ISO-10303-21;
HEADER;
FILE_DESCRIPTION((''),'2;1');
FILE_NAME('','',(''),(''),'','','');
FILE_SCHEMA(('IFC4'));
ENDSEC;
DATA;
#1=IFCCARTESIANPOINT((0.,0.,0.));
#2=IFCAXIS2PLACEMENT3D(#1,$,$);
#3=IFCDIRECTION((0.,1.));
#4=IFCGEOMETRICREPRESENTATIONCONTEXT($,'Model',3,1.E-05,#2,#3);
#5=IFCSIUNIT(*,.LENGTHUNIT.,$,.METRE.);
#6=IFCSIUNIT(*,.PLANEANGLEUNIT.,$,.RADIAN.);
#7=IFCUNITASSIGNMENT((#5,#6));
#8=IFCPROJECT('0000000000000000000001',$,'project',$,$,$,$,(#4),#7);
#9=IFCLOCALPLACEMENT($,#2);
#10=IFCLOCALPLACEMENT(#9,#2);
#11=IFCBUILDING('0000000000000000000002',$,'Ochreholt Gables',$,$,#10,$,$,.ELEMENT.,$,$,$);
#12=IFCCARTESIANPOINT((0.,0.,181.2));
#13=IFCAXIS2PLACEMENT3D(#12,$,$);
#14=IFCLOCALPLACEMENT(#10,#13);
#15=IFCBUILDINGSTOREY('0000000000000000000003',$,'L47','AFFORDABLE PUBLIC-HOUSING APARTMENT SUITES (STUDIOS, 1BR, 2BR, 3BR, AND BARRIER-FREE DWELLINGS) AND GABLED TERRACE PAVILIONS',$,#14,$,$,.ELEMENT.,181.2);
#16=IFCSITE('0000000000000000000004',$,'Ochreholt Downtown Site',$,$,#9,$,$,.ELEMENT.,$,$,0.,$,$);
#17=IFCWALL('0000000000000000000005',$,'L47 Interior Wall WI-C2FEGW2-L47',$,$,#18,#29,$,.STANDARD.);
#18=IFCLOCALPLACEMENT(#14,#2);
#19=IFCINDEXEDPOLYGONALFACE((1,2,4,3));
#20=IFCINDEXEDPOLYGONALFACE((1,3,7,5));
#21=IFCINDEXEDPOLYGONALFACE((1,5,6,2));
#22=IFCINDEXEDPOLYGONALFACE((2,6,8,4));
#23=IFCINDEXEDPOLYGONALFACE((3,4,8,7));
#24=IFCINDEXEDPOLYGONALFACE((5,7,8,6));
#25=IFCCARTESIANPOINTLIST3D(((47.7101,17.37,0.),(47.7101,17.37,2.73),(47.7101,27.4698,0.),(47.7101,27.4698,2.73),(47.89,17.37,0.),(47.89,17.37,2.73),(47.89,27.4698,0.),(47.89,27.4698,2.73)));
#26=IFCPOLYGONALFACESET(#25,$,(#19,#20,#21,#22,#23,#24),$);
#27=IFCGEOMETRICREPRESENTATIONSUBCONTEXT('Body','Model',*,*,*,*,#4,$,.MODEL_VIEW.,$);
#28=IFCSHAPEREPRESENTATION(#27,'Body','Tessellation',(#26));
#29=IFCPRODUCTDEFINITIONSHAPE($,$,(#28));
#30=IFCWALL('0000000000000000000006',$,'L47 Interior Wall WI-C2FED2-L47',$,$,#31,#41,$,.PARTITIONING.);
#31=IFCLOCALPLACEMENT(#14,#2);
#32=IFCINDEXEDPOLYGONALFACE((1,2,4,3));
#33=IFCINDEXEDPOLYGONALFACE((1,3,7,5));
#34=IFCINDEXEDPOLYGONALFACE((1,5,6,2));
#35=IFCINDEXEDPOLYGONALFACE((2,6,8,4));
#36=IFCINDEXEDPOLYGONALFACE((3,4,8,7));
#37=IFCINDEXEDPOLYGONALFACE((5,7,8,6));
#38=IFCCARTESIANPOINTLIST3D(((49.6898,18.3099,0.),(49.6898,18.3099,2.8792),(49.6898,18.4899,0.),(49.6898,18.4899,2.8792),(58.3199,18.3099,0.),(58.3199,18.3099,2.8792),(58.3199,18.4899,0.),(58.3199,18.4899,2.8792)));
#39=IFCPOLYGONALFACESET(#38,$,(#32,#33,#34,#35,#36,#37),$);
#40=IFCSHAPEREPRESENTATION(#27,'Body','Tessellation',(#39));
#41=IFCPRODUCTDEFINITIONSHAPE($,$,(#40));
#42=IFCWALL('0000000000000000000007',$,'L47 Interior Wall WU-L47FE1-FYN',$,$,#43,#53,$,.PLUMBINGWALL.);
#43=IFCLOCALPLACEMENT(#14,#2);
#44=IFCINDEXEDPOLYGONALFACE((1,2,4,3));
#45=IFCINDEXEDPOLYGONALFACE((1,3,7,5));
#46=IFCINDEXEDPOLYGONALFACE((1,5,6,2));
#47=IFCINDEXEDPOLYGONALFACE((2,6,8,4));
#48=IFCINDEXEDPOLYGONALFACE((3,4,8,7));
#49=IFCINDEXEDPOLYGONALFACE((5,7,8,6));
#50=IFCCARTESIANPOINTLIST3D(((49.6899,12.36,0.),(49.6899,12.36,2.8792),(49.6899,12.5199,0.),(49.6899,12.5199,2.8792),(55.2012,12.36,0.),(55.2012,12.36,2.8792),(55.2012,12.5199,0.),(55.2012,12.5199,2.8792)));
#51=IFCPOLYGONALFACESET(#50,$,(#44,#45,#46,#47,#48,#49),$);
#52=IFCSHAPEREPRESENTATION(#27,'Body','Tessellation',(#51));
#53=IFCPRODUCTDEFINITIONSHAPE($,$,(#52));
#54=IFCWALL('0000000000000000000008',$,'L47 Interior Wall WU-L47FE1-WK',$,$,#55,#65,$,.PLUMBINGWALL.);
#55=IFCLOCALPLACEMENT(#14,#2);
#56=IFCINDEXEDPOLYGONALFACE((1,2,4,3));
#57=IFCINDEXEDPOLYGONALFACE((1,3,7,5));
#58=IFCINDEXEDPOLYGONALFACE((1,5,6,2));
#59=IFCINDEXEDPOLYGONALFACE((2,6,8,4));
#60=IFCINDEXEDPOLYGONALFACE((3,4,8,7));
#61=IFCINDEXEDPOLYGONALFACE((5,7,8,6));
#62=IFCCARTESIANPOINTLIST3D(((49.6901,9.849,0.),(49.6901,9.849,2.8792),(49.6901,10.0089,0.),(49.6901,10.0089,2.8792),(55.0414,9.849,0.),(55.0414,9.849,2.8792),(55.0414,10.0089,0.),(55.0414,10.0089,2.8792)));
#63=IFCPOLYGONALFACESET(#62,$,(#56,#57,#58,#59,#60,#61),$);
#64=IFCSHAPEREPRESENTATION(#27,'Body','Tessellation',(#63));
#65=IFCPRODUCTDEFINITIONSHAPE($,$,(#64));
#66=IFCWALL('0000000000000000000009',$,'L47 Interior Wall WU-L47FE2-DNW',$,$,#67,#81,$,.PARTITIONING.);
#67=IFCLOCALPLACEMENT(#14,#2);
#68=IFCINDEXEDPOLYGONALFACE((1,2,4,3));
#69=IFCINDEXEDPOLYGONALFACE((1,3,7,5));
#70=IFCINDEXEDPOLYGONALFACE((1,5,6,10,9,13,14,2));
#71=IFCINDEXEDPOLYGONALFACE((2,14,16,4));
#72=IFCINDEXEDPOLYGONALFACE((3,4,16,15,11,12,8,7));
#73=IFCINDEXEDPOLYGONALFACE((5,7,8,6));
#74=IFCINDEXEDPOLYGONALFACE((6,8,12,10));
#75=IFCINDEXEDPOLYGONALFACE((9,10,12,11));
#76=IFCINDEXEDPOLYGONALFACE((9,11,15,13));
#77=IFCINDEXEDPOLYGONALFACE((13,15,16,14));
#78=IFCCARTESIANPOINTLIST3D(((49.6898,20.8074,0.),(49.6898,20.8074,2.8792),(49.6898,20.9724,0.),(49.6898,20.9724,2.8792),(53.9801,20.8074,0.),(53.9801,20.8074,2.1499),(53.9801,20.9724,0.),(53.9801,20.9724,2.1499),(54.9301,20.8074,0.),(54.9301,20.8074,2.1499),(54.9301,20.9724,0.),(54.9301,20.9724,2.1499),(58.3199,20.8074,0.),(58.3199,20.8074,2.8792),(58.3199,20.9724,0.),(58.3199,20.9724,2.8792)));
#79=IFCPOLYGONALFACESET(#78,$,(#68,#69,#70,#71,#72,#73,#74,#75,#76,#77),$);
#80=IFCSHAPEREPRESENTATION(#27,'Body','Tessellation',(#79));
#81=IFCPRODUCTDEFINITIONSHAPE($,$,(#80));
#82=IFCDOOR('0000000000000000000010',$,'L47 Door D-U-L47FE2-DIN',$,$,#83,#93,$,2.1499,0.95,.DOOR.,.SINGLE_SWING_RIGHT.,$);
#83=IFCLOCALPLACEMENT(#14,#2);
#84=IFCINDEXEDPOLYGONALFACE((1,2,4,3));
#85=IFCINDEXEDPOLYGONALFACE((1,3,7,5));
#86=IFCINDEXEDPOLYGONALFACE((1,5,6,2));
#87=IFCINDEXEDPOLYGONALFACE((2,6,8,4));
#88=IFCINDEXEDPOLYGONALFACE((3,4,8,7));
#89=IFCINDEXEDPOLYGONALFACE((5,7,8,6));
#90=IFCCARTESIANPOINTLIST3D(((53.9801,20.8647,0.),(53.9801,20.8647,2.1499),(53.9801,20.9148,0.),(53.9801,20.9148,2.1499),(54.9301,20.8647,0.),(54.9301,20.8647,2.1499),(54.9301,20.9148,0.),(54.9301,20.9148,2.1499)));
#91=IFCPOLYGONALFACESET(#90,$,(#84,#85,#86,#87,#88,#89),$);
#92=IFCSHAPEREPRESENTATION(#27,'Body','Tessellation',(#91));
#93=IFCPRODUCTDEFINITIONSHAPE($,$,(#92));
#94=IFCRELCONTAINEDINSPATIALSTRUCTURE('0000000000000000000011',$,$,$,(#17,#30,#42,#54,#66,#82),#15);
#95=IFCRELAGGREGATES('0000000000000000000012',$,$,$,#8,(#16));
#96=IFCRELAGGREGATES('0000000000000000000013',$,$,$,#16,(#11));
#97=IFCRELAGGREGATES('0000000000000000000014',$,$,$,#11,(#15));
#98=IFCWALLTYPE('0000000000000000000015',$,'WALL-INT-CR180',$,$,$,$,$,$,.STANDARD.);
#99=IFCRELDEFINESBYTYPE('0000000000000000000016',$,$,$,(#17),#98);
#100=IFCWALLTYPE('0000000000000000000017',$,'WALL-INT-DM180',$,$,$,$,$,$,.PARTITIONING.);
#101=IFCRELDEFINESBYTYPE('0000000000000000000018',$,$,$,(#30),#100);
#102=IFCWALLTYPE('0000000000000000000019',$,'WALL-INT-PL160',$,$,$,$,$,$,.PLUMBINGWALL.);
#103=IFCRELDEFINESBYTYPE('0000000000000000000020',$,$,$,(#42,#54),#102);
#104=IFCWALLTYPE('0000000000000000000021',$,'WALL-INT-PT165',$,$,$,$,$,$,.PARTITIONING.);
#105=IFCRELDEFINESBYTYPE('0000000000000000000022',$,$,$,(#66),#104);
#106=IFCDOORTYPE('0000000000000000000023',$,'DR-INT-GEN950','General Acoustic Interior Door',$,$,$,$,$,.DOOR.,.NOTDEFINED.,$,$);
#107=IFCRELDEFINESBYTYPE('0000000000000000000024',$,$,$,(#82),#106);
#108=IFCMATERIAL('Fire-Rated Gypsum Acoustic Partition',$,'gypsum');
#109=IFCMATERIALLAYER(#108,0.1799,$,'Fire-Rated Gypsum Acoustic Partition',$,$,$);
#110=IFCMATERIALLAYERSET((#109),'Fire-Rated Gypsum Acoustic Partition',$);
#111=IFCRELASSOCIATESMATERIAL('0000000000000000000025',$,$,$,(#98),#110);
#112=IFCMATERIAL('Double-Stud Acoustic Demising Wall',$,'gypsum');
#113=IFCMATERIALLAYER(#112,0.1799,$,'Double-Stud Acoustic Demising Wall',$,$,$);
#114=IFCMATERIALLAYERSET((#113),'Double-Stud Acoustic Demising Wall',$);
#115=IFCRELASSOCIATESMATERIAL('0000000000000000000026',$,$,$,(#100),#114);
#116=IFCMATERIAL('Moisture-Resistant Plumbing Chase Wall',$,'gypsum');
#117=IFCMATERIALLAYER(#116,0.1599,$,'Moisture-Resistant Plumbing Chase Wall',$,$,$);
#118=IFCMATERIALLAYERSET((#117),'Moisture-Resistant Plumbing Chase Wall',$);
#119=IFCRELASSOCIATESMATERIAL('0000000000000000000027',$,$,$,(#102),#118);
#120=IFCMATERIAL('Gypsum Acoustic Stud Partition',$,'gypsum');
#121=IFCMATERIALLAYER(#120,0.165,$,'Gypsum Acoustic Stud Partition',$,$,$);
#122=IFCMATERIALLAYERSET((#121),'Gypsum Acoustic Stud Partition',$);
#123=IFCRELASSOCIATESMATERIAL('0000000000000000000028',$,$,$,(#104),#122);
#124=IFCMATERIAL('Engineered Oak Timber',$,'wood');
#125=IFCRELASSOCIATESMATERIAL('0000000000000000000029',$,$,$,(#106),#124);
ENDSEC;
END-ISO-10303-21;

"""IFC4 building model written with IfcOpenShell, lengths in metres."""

from ifc_helpers import new_model, si_unit, direction, frame, frame_2d, origin, place, context, subcontext, project, spatial, rectangle, extrude, material, layer, layer_set, type_object, element, fill, save


model = new_model("IFC4")

# Units and contexts
model_context = context("Model", 3, precision=1e-05, world=origin(), true_north=direction((0.0, 1.0)))
body_context = subcontext(model_context, "Body", "Model", "MODEL_VIEW")
ifc_project = project(units=[si_unit("LENGTHUNIT", "METRE"), si_unit("PLANEANGLEUNIT", "RADIAN")], contexts=[model_context])

# Site, building, storey
site_placement = place(None, origin())
site = spatial("IfcSite", under=ifc_project, at=site_placement, Name="Ochreholt Downtown Site", CompositionType="ELEMENT", RefElevation=0.0)
building_placement = place(site_placement, origin())
building = spatial("IfcBuilding", under=site, at=building_placement, Name="Ochreholt Gables", CompositionType="ELEMENT")
storey_placement = place(building_placement, frame((0.0, 0.0, 181.2)))
storey = spatial("IfcBuildingStorey", under=building, at=storey_placement, Name="L47", Description="AFFORDABLE PUBLIC-HOUSING APARTMENT SUITES (STUDIOS, 1BR, 2BR, 3BR, AND BARRIER-FREE DWELLINGS) AND GABLED TERRACE PAVILIONS", CompositionType="ELEMENT", Elevation=181.2)

# Walls
ifc_material_1 = material(Name="Fire-Rated Gypsum Acoustic Partition", Category="gypsum")
ifc_layer_1 = layer(ifc_material_1, 0.1799, Name="Fire-Rated Gypsum Acoustic Partition")
ifc_layer_set_1 = layer_set([ifc_layer_1], Name="Fire-Rated Gypsum Acoustic Partition")
wall_type_1 = type_object("IfcWallType", Name="WALL-INT-CR180", PredefinedType="STANDARD", material=ifc_layer_set_1)
wall_1_placement = place(storey_placement, frame((47.8, 17.3701, 0.0), z_axis=(0.0, 0.0, 1.0), x_axis=(0.0, 1.0, 0.0)))
element("IfcWall", 1, at=wall_1_placement, inside=storey, type_object=wall_type_1, Name="L47 Interior Wall WI-C2FEGW2-L47", PredefinedType="STANDARD", context=body_context, shape_type="SweptSolid", body=[
    extrude(rectangle(XDim=10.0999, YDim=0.1799, at=frame_2d((5.0498, 0.0))), origin(), (0.0, 0.0, 1.0), 2.73),
])
ifc_material_2 = material(Name="Double-Stud Acoustic Demising Wall", Category="gypsum")
ifc_layer_2 = layer(ifc_material_2, 0.1799, Name="Double-Stud Acoustic Demising Wall")
ifc_layer_set_2 = layer_set([ifc_layer_2], Name="Double-Stud Acoustic Demising Wall")
wall_type_2 = type_object("IfcWallType", Name="WALL-INT-DM180", PredefinedType="PARTITIONING", material=ifc_layer_set_2)
wall_2_placement = place(storey_placement, frame((49.6899, 18.3999, 0.0), z_axis=(0.0, 0.0, 1.0), x_axis=(1.0, 0.0, 0.0)))
element("IfcWall", 2, at=wall_2_placement, inside=storey, type_object=wall_type_2, Name="L47 Interior Wall WI-C2FED2-L47", PredefinedType="PARTITIONING", context=body_context, shape_type="SweptSolid", body=[
    extrude(rectangle(XDim=8.6301, YDim=0.1799, at=frame_2d((4.3149, 0.0))), origin(), (0.0, 0.0, 1.0), 2.8792),
])
ifc_material_3 = material(Name="Moisture-Resistant Plumbing Chase Wall", Category="gypsum")
ifc_layer_3 = layer(ifc_material_3, 0.1599, Name="Moisture-Resistant Plumbing Chase Wall")
ifc_layer_set_3 = layer_set([ifc_layer_3], Name="Moisture-Resistant Plumbing Chase Wall")
wall_type_3 = type_object("IfcWallType", Name="WALL-INT-PL160", PredefinedType="PLUMBINGWALL", material=ifc_layer_set_3)
wall_3_placement = place(storey_placement, frame((49.6899, 12.4399, 0.0), z_axis=(0.0, 0.0, 1.0), x_axis=(1.0, 0.0, 0.0)))
element("IfcWall", 3, at=wall_3_placement, inside=storey, type_object=wall_type_3, Name="L47 Interior Wall WU-L47FE1-FYN", PredefinedType="PLUMBINGWALL", context=body_context, shape_type="SweptSolid", body=[
    extrude(rectangle(XDim=5.5112, YDim=0.1599, at=frame_2d((2.7556, 0.0))), origin(), (0.0, 0.0, 1.0), 2.8792),
])
wall_4_placement = place(storey_placement, frame((49.6899, 9.929, 0.0), z_axis=(0.0, 0.0, 1.0), x_axis=(1.0, 0.0, 0.0)))
element("IfcWall", 4, at=wall_4_placement, inside=storey, type_object=wall_type_3, Name="L47 Interior Wall WU-L47FE1-WK", PredefinedType="PLUMBINGWALL", context=body_context, shape_type="SweptSolid", body=[
    extrude(rectangle(XDim=5.3513, YDim=0.1599, at=frame_2d((2.6758, 0.0))), origin(), (0.0, 0.0, 1.0), 2.8792),
])

# Wall, opening, door
ifc_material_4 = material(Name="Gypsum Acoustic Stud Partition", Category="gypsum")
ifc_layer_4 = layer(ifc_material_4, 0.165, Name="Gypsum Acoustic Stud Partition")
ifc_layer_set_4 = layer_set([ifc_layer_4], Name="Gypsum Acoustic Stud Partition")
wall_type_4 = type_object("IfcWallType", Name="WALL-INT-PT165", PredefinedType="PARTITIONING", material=ifc_layer_set_4)
wall_5_placement = place(storey_placement, frame((49.6899, 20.8899, 0.0), z_axis=(0.0, 0.0, 1.0), x_axis=(1.0, 0.0, 0.0)))
wall_5 = element("IfcWall", 5, at=wall_5_placement, inside=storey, type_object=wall_type_4, Name="L47 Interior Wall WU-L47FE2-DNW", PredefinedType="PARTITIONING", context=body_context, shape_type="SweptSolid", body=[
    extrude(rectangle(XDim=8.6301, YDim=0.165, at=frame_2d((4.3149, 0.0))), origin(), (0.0, 0.0, 1.0), 2.8792),
])
opening_placement = place(wall_5_placement, frame((4.29, 0.0, 0.0)))
opening = element("IfcOpeningElement", 6, at=opening_placement, cuts=wall_5, PredefinedType="OPENING", context=body_context, shape_type="SweptSolid", body=[
    extrude(rectangle(XDim=0.95, YDim=2.1499, at=frame_2d((0.4751, 1.075))), frame((0.0, 0.0925, 0.0), z_axis=(0.0, -1.0, 0.0), x_axis=(1.0, 0.0, 0.0)), (0.0, 0.0, 1.0), 0.1851),
])
ifc_material_5 = material(Name="Engineered Oak Timber", Category="wood")
door_type = type_object("IfcDoorType", Name="DR-INT-GEN950", Description="General Acoustic Interior Door", OperationType="NOTDEFINED", PredefinedType="DOOR", material=ifc_material_5)
door_placement = place(opening_placement, origin())
door = element("IfcDoor", 7, at=door_placement, inside=storey, type_object=door_type, Name="L47 Door D-U-L47FE2-DIN", OperationType="SINGLE_SWING_RIGHT", OverallHeight=2.1499, OverallWidth=0.95, PredefinedType="DOOR", context=body_context, shape_type="SweptSolid", body=[
    extrude(rectangle(XDim=0.95, YDim=2.1499, at=frame_2d((0.4751, 1.075))), frame((0.0, 0.0249, 0.0), z_axis=(0.0, -1.0, 0.0), x_axis=(1.0, 0.0, 0.0)), (0.0, 0.0, 1.0), 0.05),
])
fill(opening, door)

save(model, "model.ifc")
